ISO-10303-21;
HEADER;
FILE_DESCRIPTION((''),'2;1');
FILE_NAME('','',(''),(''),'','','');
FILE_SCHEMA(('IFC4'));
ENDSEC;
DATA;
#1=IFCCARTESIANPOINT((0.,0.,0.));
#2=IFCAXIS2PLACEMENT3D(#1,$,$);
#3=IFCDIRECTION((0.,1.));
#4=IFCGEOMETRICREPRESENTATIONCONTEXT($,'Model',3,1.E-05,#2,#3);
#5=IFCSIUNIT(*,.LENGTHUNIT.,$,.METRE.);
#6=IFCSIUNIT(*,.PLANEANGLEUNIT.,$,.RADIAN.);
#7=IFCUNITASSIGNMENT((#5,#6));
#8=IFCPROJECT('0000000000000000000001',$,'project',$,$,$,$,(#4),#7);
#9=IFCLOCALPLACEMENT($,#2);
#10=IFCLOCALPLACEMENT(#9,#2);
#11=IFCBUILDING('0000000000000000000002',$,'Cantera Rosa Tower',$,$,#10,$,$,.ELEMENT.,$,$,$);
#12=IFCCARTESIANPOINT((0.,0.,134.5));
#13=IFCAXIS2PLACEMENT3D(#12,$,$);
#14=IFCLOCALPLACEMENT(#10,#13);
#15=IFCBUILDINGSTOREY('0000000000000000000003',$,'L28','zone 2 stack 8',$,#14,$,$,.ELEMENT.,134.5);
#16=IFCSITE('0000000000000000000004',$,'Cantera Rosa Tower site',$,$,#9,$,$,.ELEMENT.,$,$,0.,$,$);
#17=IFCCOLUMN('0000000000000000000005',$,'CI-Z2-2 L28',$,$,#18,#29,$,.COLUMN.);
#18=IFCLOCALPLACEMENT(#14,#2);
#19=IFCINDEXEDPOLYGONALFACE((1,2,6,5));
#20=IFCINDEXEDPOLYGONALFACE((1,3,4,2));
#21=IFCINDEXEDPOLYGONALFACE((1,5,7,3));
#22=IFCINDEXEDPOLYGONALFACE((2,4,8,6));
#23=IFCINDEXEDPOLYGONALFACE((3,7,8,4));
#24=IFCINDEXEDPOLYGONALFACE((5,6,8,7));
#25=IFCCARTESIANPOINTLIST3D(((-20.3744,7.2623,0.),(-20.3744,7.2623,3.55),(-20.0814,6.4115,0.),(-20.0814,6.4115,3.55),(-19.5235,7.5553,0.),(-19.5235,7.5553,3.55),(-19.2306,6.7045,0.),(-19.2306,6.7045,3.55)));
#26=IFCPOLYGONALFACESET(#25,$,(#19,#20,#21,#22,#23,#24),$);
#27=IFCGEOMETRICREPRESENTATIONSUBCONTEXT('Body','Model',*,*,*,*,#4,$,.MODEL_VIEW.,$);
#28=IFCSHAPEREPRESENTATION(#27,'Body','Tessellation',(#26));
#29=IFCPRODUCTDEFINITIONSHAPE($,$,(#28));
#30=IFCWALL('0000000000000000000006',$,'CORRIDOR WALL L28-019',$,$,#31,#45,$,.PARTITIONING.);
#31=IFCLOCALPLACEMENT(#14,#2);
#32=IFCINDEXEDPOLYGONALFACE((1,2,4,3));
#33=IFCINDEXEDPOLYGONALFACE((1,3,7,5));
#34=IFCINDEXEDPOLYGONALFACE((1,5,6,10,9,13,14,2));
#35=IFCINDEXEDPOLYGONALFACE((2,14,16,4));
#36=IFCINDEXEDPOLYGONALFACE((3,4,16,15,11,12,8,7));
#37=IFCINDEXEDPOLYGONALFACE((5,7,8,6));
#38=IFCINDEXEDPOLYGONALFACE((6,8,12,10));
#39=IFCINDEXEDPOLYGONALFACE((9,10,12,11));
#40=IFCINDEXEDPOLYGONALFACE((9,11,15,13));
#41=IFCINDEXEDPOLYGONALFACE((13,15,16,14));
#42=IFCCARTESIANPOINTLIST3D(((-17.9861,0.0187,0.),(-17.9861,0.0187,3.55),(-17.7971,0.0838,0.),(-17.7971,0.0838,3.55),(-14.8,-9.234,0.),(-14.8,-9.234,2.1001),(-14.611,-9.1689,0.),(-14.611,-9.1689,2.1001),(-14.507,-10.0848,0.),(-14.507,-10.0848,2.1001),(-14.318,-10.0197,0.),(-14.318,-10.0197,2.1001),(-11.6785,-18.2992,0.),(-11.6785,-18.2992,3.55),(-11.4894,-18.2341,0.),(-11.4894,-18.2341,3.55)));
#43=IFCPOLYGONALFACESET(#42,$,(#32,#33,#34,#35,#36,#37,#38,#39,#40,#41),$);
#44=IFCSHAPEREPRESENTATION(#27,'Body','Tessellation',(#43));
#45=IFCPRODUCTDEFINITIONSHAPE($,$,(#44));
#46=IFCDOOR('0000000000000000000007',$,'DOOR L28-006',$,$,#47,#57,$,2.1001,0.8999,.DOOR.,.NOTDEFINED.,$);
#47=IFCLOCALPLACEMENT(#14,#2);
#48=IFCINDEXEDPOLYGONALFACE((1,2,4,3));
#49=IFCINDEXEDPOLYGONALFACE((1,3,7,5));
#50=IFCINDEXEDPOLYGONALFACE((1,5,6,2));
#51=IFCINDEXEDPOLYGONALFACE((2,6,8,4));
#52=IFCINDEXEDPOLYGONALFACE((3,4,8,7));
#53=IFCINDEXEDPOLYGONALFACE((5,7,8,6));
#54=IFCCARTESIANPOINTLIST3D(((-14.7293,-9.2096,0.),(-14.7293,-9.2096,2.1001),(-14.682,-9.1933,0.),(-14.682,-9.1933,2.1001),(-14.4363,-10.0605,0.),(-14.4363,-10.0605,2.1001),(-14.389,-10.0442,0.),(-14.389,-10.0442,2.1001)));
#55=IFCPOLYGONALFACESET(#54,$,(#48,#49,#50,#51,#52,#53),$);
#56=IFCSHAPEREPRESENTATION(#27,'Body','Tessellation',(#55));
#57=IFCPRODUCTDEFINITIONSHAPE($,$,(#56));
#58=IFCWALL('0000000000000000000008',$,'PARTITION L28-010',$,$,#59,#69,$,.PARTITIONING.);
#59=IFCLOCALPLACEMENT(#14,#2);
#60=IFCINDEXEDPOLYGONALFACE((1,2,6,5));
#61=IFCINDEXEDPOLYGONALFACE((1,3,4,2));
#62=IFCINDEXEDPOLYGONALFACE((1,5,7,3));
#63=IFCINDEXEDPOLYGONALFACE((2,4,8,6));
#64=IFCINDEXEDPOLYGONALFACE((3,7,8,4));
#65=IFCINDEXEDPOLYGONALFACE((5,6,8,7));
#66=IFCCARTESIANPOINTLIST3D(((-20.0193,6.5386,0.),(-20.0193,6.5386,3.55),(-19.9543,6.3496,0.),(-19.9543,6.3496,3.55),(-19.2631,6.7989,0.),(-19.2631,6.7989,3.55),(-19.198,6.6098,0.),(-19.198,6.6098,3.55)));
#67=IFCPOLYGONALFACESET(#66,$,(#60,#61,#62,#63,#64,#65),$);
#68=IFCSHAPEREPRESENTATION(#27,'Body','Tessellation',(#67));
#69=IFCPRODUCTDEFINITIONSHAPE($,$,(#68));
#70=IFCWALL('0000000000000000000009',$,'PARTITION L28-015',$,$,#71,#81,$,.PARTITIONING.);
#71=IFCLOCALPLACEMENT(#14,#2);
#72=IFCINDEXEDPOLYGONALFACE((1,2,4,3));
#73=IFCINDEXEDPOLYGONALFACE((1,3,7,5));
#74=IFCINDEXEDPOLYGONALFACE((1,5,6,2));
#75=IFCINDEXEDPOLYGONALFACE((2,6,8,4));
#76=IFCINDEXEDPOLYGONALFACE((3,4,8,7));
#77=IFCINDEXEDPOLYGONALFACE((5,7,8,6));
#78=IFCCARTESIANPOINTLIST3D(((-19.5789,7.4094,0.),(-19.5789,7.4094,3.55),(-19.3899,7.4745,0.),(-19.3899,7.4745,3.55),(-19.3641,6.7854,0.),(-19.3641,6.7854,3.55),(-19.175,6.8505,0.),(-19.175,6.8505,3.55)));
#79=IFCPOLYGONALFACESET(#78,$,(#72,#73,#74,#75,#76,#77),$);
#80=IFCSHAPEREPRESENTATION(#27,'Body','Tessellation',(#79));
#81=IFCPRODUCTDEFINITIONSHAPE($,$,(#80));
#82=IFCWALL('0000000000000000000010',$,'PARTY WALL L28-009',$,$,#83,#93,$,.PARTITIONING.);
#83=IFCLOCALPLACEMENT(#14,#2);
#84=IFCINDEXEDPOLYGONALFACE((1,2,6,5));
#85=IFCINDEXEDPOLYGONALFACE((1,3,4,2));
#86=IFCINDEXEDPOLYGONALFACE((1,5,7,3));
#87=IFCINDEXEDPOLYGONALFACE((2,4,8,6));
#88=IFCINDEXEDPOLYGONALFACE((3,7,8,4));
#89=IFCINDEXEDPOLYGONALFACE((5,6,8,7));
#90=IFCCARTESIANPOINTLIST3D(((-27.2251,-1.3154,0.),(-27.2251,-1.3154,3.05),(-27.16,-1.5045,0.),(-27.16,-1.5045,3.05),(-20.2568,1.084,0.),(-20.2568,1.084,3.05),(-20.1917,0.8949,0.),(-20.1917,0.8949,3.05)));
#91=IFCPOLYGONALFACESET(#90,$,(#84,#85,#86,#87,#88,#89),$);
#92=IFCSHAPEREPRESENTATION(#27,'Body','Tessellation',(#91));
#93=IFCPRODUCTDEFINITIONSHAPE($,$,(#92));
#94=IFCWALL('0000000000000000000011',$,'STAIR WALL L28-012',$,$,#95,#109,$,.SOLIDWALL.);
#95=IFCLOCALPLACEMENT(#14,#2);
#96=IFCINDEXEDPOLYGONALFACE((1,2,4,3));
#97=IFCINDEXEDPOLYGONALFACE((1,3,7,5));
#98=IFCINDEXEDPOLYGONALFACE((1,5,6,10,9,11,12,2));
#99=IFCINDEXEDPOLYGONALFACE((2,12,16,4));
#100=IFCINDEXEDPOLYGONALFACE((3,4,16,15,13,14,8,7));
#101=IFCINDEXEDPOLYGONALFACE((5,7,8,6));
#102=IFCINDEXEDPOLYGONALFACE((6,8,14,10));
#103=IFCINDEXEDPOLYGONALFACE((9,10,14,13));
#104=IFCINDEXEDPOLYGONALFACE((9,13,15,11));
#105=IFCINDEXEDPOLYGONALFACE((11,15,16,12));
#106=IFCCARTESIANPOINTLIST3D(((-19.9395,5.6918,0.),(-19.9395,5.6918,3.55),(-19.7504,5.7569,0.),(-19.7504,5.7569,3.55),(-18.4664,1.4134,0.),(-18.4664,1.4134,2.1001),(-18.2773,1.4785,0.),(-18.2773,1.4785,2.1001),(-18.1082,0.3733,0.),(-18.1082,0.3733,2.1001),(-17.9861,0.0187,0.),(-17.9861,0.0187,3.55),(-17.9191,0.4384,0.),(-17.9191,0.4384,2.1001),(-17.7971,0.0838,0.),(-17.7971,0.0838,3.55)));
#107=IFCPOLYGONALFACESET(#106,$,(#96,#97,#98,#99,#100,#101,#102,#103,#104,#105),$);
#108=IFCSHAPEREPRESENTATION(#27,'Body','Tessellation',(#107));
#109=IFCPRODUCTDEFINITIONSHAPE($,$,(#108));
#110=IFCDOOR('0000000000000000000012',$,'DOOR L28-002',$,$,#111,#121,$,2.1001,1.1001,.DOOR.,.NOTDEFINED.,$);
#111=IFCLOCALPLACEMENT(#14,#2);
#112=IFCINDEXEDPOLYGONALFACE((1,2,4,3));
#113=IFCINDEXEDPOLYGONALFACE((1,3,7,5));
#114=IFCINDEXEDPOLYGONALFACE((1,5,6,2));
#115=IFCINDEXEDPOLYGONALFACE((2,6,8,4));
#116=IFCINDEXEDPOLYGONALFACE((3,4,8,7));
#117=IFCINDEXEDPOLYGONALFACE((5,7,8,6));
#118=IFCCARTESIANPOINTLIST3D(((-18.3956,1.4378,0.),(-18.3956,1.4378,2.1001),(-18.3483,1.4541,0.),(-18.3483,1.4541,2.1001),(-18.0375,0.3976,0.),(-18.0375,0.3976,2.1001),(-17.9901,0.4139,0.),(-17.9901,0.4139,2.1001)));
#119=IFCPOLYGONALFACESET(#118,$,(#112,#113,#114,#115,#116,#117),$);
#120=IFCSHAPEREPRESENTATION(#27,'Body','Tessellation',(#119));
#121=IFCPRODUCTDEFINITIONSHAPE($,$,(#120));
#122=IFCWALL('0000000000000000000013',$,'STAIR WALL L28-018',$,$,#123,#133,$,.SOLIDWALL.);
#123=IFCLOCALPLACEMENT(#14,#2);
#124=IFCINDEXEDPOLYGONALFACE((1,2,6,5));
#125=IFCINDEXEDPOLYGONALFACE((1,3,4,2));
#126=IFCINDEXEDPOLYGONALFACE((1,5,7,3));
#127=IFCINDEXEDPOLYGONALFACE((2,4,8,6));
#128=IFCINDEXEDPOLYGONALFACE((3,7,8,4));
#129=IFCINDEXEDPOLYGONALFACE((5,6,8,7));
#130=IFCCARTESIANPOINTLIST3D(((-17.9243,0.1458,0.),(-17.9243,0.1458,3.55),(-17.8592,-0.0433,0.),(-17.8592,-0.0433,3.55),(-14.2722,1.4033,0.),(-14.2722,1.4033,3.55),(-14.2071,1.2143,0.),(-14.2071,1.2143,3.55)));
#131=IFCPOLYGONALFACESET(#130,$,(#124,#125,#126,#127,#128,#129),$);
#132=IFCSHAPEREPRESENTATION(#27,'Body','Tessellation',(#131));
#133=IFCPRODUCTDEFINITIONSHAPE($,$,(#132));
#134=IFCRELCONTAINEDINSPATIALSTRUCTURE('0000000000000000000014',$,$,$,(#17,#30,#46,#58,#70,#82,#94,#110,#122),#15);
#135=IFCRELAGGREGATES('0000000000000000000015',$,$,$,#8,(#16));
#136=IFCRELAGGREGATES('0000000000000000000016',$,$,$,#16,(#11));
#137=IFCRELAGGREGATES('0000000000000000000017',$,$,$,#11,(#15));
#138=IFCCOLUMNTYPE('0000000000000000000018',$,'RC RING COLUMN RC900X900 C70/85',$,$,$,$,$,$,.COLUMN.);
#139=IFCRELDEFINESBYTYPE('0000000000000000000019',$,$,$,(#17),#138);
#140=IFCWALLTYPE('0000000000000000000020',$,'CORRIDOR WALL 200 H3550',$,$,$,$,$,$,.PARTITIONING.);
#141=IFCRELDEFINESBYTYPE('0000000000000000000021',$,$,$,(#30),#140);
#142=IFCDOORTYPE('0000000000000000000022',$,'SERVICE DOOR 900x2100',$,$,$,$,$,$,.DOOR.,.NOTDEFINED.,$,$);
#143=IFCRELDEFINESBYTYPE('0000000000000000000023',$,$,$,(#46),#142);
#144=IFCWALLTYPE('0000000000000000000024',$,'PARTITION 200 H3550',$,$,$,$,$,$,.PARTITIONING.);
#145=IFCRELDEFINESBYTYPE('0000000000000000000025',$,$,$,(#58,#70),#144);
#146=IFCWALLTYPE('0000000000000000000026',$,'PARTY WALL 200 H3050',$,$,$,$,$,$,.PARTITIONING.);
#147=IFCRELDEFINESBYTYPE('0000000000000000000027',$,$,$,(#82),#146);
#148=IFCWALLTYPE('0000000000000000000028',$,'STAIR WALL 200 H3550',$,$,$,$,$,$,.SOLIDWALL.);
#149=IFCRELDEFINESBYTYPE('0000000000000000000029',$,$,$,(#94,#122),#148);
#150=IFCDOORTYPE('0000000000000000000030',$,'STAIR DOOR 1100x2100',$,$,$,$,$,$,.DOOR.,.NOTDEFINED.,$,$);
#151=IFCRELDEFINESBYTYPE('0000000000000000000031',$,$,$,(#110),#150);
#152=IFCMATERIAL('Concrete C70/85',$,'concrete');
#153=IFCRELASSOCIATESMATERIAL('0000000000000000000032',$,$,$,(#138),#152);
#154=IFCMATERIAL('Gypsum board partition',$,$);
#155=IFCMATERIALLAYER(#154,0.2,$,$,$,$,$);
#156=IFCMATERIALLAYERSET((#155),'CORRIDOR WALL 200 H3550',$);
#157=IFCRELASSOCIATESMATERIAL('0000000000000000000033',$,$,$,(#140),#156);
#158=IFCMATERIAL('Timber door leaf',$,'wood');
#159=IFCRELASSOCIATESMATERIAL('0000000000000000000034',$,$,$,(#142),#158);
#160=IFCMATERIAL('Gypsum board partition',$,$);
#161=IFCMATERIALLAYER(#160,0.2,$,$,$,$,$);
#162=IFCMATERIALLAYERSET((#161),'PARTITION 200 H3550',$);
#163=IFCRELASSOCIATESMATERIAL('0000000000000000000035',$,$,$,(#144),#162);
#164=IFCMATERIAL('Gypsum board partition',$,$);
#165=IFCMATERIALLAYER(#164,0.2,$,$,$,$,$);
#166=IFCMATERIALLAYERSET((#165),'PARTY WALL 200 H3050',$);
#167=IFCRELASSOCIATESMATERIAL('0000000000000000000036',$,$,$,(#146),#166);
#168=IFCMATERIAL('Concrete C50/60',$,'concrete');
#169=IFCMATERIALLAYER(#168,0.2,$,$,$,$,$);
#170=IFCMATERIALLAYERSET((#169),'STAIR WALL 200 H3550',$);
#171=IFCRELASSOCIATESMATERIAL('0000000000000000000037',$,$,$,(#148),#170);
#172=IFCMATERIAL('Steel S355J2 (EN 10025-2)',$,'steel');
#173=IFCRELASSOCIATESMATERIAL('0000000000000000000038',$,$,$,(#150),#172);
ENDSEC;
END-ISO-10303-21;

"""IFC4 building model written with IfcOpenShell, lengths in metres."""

from ifc_helpers import new_model, si_unit, direction, frame, frame_2d, origin, origin_2d, place, context, subcontext, project, spatial, rectangle, extrude, material, layer, layer_set, material_profile, profile_set, type_object, element, fill, save


model = new_model("IFC4")

# Units and contexts
model_context = context("Model", 3, precision=1e-05, world=origin(), true_north=direction((0.0, 1.0)))
body_context = subcontext(model_context, "Body", "Model", "MODEL_VIEW")
ifc_project = project(units=[si_unit("LENGTHUNIT", "METRE"), si_unit("PLANEANGLEUNIT", "RADIAN")], contexts=[model_context])

# Site, building, storey
site_placement = place(None, origin())
site = spatial("IfcSite", under=ifc_project, at=site_placement, Name="Cantera Rosa Tower site", CompositionType="ELEMENT", RefElevation=0.0)
building_placement = place(site_placement, origin())
building = spatial("IfcBuilding", under=site, at=building_placement, Name="Cantera Rosa Tower", CompositionType="ELEMENT")
storey_placement = place(building_placement, frame((0.0, 0.0, 134.5)))
storey = spatial("IfcBuildingStorey", under=building, at=storey_placement, Name="L28", Description="zone 2 stack 8", CompositionType="ELEMENT", Elevation=134.5)

# Column
ifc_material_1 = material(Name="Concrete C70/85", Category="concrete")
ifc_material_profile = material_profile(ifc_material_1, rectangle(XDim=0.8999, YDim=0.8999, at=origin_2d()), Name="RC RING COLUMN RC900X900 C70/85")
ifc_profile_set = profile_set([ifc_material_profile], Name="Concrete C70/85")
column_type = type_object("IfcColumnType", Name="RC RING COLUMN RC900X900 C70/85", PredefinedType="COLUMN", material=ifc_profile_set)
column_placement = place(storey_placement, frame((-19.8025, 6.9834, 0.0), z_axis=(0.0, 0.0, 1.0), x_axis=(0.945519, 0.325568, 0.0)))
element("IfcColumn", 1, at=column_placement, inside=storey, type_object=column_type, Name="CI-Z2-2 L28", PredefinedType="COLUMN", context=body_context, shape_type="SweptSolid", body=[
    extrude(rectangle(XDim=0.8999, YDim=0.8999, at=origin_2d()), origin(), (0.0, 0.0, 1.0), 3.55),
])

# Wall, opening, door
ifc_material_2 = material(Name="Gypsum board partition")
ifc_layer_1 = layer(ifc_material_2, 0.2)
ifc_layer_set_1 = layer_set([ifc_layer_1], Name="CORRIDOR WALL 200 H3550")
wall_type_1 = type_object("IfcWallType", Name="CORRIDOR WALL 200 H3550", PredefinedType="PARTITIONING", material=ifc_layer_set_1)
wall_1_placement = place(storey_placement, frame((-17.8916, 0.0513, 0.0), z_axis=(0.0, 0.0, 1.0), x_axis=(0.325581, -0.945514, 0.0)))
wall_1 = element("IfcWall", 2, at=wall_1_placement, inside=storey, type_object=wall_type_1, Name="CORRIDOR WALL L28-019", PredefinedType="PARTITIONING", context=body_context, shape_type="SweptSolid", body=[
    extrude(rectangle(XDim=19.3735, YDim=0.2, at=frame_2d((9.6868, 0.0))), origin(), (0.0, 0.0, 1.0), 3.55),
])
opening_1_placement = place(wall_1_placement, frame((9.7859, 0.0, 0.0)))
opening_1 = element("IfcOpeningElement", 3, at=opening_1_placement, cuts=wall_1, PredefinedType="OPENING", context=body_context, shape_type="SweptSolid", body=[
    extrude(rectangle(XDim=0.8999, YDim=2.1001, at=frame_2d((0.45, 1.05))), frame((0.0, 0.1099, 0.0), z_axis=(0.0, -1.0, 0.0), x_axis=(1.0, 0.0, 0.0)), (0.0, 0.0, 1.0), 0.22),
])
ifc_material_3 = material(Name="Timber door leaf", Category="wood")
door_type_1 = type_object("IfcDoorType", Name="SERVICE DOOR 900x2100", OperationType="NOTDEFINED", PredefinedType="DOOR", material=ifc_material_3)
door_1_placement = place(opening_1_placement, origin())
door_1 = element("IfcDoor", 4, at=door_1_placement, inside=storey, type_object=door_type_1, Name="DOOR L28-006", OperationType="NOTDEFINED", OverallHeight=2.1001, OverallWidth=0.8999, PredefinedType="DOOR", context=body_context, shape_type="SweptSolid", body=[
    extrude(rectangle(XDim=0.8999, YDim=2.1001, at=frame_2d((0.45, 1.05))), frame((0.0, 0.0249, 0.0), z_axis=(0.0, -1.0, 0.0), x_axis=(1.0, 0.0, 0.0)), (0.0, 0.0, 1.0), 0.05),
])
fill(opening_1, door_1)

# Walls
ifc_material_4 = material(Name="Gypsum board partition")
ifc_layer_2 = layer(ifc_material_4, 0.2)
ifc_layer_set_2 = layer_set([ifc_layer_2], Name="PARTITION 200 H3550")
wall_type_2 = type_object("IfcWallType", Name="PARTITION 200 H3550", PredefinedType="PARTITIONING", material=ifc_layer_set_2)
wall_2_placement = place(storey_placement, frame((-19.9868, 6.4441, 0.0), z_axis=(0.0, 0.0, 1.0), x_axis=(0.945587, 0.32537, 0.0)))
element("IfcWall", 5, at=wall_2_placement, inside=storey, type_object=wall_type_2, Name="PARTITION L28-010", PredefinedType="PARTITIONING", context=body_context, shape_type="SweptSolid", body=[
    extrude(rectangle(XDim=0.7998, YDim=0.2, at=frame_2d((0.3999, 0.0))), origin(), (0.0, 0.0, 1.0), 3.55),
])
wall_3_placement = place(storey_placement, frame((-19.2695, 6.8179, 0.0), z_axis=(0.0, 0.0, 1.0), x_axis=(-0.325535, 0.94553, 0.0)))
element("IfcWall", 6, at=wall_3_placement, inside=storey, type_object=wall_type_2, Name="PARTITION L28-015", PredefinedType="PARTITIONING", context=body_context, shape_type="SweptSolid", body=[
    extrude(rectangle(XDim=0.6599, YDim=0.2, at=frame_2d((0.3301, 0.0))), origin(), (0.0, 0.0, 1.0), 3.55),
])
ifc_material_5 = material(Name="Gypsum board partition")
ifc_layer_3 = layer(ifc_material_5, 0.2)
ifc_layer_set_3 = layer_set([ifc_layer_3], Name="PARTY WALL 200 H3050")
wall_type_3 = type_object("IfcWallType", Name="PARTY WALL 200 H3050", PredefinedType="PARTITIONING", material=ifc_layer_set_3)
wall_4_placement = place(storey_placement, frame((-20.2241, 0.9895, 0.0), z_axis=(0.0, 0.0, 1.0), x_axis=(-0.945517, -0.325574, 0.0)))
element("IfcWall", 7, at=wall_4_placement, inside=storey, type_object=wall_type_3, Name="PARTY WALL L28-009", PredefinedType="PARTITIONING", context=body_context, shape_type="SweptSolid", body=[
    extrude(rectangle(XDim=7.3699, YDim=0.2, at=frame_2d((3.6851, 0.0))), origin(), (0.0, 0.0, 1.0), 3.05),
])

# Wall, opening, door
ifc_material_6 = material(Name="Concrete C50/60", Category="concrete")
ifc_layer_4 = layer(ifc_material_6, 0.2)
ifc_layer_set_4 = layer_set([ifc_layer_4], Name="STAIR WALL 200 H3550")
wall_type_4 = type_object("IfcWallType", Name="STAIR WALL 200 H3550", PredefinedType="SOLIDWALL", material=ifc_layer_set_4)
wall_5_placement = place(storey_placement, frame((-19.845, 5.7244, 0.0), z_axis=(0.0, 0.0, 1.0), x_axis=(0.325563, -0.94552, 0.0)))
wall_5 = element("IfcWall", 8, at=wall_5_placement, inside=storey, type_object=wall_type_4, Name="STAIR WALL L28-012", PredefinedType="SOLIDWALL", context=body_context, shape_type="SweptSolid", body=[
    extrude(rectangle(XDim=6.0, YDim=0.2, at=frame_2d((3.0, 0.0))), origin(), (0.0, 0.0, 1.0), 3.55),
])
opening_2_placement = place(wall_5_placement, frame((4.5249, 0.0, 0.0)))
opening_2 = element("IfcOpeningElement", 9, at=opening_2_placement, cuts=wall_5, PredefinedType="OPENING", context=body_context, shape_type="SweptSolid", body=[
    extrude(rectangle(XDim=1.1001, YDim=2.1001, at=frame_2d((0.55, 1.05))), frame((0.0, 0.1099, 0.0), z_axis=(0.0, -1.0, 0.0), x_axis=(1.0, 0.0, 0.0)), (0.0, 0.0, 1.0), 0.22),
])
ifc_material_7 = material(Name="Steel S355J2 (EN 10025-2)", Category="steel")
door_type_2 = type_object("IfcDoorType", Name="STAIR DOOR 1100x2100", OperationType="NOTDEFINED", PredefinedType="DOOR", material=ifc_material_7)
door_2_placement = place(opening_2_placement, origin())
door_2 = element("IfcDoor", 10, at=door_2_placement, inside=storey, type_object=door_type_2, Name="DOOR L28-002", OperationType="NOTDEFINED", OverallHeight=2.1001, OverallWidth=1.1001, PredefinedType="DOOR", context=body_context, shape_type="SweptSolid", body=[
    extrude(rectangle(XDim=1.1001, YDim=2.1001, at=frame_2d((0.55, 1.05))), frame((0.0, 0.0249, 0.0), z_axis=(0.0, -1.0, 0.0), x_axis=(1.0, 0.0, 0.0)), (0.0, 0.0, 1.0), 0.05),
])
fill(opening_2, door_2)

# Wall
wall_6_placement = place(storey_placement, frame((-17.8916, 0.0513, 0.0), z_axis=(0.0, 0.0, 1.0), x_axis=(0.945515, 0.32558, 0.0)))
element("IfcWall", 11, at=wall_6_placement, inside=storey, type_object=wall_type_4, Name="STAIR WALL L28-018", PredefinedType="SOLIDWALL", context=body_context, shape_type="SweptSolid", body=[
    extrude(rectangle(XDim=3.8625, YDim=0.2, at=frame_2d((1.9312, 0.0))), origin(), (0.0, 0.0, 1.0), 3.55),
])

save(model, "model.ifc")
